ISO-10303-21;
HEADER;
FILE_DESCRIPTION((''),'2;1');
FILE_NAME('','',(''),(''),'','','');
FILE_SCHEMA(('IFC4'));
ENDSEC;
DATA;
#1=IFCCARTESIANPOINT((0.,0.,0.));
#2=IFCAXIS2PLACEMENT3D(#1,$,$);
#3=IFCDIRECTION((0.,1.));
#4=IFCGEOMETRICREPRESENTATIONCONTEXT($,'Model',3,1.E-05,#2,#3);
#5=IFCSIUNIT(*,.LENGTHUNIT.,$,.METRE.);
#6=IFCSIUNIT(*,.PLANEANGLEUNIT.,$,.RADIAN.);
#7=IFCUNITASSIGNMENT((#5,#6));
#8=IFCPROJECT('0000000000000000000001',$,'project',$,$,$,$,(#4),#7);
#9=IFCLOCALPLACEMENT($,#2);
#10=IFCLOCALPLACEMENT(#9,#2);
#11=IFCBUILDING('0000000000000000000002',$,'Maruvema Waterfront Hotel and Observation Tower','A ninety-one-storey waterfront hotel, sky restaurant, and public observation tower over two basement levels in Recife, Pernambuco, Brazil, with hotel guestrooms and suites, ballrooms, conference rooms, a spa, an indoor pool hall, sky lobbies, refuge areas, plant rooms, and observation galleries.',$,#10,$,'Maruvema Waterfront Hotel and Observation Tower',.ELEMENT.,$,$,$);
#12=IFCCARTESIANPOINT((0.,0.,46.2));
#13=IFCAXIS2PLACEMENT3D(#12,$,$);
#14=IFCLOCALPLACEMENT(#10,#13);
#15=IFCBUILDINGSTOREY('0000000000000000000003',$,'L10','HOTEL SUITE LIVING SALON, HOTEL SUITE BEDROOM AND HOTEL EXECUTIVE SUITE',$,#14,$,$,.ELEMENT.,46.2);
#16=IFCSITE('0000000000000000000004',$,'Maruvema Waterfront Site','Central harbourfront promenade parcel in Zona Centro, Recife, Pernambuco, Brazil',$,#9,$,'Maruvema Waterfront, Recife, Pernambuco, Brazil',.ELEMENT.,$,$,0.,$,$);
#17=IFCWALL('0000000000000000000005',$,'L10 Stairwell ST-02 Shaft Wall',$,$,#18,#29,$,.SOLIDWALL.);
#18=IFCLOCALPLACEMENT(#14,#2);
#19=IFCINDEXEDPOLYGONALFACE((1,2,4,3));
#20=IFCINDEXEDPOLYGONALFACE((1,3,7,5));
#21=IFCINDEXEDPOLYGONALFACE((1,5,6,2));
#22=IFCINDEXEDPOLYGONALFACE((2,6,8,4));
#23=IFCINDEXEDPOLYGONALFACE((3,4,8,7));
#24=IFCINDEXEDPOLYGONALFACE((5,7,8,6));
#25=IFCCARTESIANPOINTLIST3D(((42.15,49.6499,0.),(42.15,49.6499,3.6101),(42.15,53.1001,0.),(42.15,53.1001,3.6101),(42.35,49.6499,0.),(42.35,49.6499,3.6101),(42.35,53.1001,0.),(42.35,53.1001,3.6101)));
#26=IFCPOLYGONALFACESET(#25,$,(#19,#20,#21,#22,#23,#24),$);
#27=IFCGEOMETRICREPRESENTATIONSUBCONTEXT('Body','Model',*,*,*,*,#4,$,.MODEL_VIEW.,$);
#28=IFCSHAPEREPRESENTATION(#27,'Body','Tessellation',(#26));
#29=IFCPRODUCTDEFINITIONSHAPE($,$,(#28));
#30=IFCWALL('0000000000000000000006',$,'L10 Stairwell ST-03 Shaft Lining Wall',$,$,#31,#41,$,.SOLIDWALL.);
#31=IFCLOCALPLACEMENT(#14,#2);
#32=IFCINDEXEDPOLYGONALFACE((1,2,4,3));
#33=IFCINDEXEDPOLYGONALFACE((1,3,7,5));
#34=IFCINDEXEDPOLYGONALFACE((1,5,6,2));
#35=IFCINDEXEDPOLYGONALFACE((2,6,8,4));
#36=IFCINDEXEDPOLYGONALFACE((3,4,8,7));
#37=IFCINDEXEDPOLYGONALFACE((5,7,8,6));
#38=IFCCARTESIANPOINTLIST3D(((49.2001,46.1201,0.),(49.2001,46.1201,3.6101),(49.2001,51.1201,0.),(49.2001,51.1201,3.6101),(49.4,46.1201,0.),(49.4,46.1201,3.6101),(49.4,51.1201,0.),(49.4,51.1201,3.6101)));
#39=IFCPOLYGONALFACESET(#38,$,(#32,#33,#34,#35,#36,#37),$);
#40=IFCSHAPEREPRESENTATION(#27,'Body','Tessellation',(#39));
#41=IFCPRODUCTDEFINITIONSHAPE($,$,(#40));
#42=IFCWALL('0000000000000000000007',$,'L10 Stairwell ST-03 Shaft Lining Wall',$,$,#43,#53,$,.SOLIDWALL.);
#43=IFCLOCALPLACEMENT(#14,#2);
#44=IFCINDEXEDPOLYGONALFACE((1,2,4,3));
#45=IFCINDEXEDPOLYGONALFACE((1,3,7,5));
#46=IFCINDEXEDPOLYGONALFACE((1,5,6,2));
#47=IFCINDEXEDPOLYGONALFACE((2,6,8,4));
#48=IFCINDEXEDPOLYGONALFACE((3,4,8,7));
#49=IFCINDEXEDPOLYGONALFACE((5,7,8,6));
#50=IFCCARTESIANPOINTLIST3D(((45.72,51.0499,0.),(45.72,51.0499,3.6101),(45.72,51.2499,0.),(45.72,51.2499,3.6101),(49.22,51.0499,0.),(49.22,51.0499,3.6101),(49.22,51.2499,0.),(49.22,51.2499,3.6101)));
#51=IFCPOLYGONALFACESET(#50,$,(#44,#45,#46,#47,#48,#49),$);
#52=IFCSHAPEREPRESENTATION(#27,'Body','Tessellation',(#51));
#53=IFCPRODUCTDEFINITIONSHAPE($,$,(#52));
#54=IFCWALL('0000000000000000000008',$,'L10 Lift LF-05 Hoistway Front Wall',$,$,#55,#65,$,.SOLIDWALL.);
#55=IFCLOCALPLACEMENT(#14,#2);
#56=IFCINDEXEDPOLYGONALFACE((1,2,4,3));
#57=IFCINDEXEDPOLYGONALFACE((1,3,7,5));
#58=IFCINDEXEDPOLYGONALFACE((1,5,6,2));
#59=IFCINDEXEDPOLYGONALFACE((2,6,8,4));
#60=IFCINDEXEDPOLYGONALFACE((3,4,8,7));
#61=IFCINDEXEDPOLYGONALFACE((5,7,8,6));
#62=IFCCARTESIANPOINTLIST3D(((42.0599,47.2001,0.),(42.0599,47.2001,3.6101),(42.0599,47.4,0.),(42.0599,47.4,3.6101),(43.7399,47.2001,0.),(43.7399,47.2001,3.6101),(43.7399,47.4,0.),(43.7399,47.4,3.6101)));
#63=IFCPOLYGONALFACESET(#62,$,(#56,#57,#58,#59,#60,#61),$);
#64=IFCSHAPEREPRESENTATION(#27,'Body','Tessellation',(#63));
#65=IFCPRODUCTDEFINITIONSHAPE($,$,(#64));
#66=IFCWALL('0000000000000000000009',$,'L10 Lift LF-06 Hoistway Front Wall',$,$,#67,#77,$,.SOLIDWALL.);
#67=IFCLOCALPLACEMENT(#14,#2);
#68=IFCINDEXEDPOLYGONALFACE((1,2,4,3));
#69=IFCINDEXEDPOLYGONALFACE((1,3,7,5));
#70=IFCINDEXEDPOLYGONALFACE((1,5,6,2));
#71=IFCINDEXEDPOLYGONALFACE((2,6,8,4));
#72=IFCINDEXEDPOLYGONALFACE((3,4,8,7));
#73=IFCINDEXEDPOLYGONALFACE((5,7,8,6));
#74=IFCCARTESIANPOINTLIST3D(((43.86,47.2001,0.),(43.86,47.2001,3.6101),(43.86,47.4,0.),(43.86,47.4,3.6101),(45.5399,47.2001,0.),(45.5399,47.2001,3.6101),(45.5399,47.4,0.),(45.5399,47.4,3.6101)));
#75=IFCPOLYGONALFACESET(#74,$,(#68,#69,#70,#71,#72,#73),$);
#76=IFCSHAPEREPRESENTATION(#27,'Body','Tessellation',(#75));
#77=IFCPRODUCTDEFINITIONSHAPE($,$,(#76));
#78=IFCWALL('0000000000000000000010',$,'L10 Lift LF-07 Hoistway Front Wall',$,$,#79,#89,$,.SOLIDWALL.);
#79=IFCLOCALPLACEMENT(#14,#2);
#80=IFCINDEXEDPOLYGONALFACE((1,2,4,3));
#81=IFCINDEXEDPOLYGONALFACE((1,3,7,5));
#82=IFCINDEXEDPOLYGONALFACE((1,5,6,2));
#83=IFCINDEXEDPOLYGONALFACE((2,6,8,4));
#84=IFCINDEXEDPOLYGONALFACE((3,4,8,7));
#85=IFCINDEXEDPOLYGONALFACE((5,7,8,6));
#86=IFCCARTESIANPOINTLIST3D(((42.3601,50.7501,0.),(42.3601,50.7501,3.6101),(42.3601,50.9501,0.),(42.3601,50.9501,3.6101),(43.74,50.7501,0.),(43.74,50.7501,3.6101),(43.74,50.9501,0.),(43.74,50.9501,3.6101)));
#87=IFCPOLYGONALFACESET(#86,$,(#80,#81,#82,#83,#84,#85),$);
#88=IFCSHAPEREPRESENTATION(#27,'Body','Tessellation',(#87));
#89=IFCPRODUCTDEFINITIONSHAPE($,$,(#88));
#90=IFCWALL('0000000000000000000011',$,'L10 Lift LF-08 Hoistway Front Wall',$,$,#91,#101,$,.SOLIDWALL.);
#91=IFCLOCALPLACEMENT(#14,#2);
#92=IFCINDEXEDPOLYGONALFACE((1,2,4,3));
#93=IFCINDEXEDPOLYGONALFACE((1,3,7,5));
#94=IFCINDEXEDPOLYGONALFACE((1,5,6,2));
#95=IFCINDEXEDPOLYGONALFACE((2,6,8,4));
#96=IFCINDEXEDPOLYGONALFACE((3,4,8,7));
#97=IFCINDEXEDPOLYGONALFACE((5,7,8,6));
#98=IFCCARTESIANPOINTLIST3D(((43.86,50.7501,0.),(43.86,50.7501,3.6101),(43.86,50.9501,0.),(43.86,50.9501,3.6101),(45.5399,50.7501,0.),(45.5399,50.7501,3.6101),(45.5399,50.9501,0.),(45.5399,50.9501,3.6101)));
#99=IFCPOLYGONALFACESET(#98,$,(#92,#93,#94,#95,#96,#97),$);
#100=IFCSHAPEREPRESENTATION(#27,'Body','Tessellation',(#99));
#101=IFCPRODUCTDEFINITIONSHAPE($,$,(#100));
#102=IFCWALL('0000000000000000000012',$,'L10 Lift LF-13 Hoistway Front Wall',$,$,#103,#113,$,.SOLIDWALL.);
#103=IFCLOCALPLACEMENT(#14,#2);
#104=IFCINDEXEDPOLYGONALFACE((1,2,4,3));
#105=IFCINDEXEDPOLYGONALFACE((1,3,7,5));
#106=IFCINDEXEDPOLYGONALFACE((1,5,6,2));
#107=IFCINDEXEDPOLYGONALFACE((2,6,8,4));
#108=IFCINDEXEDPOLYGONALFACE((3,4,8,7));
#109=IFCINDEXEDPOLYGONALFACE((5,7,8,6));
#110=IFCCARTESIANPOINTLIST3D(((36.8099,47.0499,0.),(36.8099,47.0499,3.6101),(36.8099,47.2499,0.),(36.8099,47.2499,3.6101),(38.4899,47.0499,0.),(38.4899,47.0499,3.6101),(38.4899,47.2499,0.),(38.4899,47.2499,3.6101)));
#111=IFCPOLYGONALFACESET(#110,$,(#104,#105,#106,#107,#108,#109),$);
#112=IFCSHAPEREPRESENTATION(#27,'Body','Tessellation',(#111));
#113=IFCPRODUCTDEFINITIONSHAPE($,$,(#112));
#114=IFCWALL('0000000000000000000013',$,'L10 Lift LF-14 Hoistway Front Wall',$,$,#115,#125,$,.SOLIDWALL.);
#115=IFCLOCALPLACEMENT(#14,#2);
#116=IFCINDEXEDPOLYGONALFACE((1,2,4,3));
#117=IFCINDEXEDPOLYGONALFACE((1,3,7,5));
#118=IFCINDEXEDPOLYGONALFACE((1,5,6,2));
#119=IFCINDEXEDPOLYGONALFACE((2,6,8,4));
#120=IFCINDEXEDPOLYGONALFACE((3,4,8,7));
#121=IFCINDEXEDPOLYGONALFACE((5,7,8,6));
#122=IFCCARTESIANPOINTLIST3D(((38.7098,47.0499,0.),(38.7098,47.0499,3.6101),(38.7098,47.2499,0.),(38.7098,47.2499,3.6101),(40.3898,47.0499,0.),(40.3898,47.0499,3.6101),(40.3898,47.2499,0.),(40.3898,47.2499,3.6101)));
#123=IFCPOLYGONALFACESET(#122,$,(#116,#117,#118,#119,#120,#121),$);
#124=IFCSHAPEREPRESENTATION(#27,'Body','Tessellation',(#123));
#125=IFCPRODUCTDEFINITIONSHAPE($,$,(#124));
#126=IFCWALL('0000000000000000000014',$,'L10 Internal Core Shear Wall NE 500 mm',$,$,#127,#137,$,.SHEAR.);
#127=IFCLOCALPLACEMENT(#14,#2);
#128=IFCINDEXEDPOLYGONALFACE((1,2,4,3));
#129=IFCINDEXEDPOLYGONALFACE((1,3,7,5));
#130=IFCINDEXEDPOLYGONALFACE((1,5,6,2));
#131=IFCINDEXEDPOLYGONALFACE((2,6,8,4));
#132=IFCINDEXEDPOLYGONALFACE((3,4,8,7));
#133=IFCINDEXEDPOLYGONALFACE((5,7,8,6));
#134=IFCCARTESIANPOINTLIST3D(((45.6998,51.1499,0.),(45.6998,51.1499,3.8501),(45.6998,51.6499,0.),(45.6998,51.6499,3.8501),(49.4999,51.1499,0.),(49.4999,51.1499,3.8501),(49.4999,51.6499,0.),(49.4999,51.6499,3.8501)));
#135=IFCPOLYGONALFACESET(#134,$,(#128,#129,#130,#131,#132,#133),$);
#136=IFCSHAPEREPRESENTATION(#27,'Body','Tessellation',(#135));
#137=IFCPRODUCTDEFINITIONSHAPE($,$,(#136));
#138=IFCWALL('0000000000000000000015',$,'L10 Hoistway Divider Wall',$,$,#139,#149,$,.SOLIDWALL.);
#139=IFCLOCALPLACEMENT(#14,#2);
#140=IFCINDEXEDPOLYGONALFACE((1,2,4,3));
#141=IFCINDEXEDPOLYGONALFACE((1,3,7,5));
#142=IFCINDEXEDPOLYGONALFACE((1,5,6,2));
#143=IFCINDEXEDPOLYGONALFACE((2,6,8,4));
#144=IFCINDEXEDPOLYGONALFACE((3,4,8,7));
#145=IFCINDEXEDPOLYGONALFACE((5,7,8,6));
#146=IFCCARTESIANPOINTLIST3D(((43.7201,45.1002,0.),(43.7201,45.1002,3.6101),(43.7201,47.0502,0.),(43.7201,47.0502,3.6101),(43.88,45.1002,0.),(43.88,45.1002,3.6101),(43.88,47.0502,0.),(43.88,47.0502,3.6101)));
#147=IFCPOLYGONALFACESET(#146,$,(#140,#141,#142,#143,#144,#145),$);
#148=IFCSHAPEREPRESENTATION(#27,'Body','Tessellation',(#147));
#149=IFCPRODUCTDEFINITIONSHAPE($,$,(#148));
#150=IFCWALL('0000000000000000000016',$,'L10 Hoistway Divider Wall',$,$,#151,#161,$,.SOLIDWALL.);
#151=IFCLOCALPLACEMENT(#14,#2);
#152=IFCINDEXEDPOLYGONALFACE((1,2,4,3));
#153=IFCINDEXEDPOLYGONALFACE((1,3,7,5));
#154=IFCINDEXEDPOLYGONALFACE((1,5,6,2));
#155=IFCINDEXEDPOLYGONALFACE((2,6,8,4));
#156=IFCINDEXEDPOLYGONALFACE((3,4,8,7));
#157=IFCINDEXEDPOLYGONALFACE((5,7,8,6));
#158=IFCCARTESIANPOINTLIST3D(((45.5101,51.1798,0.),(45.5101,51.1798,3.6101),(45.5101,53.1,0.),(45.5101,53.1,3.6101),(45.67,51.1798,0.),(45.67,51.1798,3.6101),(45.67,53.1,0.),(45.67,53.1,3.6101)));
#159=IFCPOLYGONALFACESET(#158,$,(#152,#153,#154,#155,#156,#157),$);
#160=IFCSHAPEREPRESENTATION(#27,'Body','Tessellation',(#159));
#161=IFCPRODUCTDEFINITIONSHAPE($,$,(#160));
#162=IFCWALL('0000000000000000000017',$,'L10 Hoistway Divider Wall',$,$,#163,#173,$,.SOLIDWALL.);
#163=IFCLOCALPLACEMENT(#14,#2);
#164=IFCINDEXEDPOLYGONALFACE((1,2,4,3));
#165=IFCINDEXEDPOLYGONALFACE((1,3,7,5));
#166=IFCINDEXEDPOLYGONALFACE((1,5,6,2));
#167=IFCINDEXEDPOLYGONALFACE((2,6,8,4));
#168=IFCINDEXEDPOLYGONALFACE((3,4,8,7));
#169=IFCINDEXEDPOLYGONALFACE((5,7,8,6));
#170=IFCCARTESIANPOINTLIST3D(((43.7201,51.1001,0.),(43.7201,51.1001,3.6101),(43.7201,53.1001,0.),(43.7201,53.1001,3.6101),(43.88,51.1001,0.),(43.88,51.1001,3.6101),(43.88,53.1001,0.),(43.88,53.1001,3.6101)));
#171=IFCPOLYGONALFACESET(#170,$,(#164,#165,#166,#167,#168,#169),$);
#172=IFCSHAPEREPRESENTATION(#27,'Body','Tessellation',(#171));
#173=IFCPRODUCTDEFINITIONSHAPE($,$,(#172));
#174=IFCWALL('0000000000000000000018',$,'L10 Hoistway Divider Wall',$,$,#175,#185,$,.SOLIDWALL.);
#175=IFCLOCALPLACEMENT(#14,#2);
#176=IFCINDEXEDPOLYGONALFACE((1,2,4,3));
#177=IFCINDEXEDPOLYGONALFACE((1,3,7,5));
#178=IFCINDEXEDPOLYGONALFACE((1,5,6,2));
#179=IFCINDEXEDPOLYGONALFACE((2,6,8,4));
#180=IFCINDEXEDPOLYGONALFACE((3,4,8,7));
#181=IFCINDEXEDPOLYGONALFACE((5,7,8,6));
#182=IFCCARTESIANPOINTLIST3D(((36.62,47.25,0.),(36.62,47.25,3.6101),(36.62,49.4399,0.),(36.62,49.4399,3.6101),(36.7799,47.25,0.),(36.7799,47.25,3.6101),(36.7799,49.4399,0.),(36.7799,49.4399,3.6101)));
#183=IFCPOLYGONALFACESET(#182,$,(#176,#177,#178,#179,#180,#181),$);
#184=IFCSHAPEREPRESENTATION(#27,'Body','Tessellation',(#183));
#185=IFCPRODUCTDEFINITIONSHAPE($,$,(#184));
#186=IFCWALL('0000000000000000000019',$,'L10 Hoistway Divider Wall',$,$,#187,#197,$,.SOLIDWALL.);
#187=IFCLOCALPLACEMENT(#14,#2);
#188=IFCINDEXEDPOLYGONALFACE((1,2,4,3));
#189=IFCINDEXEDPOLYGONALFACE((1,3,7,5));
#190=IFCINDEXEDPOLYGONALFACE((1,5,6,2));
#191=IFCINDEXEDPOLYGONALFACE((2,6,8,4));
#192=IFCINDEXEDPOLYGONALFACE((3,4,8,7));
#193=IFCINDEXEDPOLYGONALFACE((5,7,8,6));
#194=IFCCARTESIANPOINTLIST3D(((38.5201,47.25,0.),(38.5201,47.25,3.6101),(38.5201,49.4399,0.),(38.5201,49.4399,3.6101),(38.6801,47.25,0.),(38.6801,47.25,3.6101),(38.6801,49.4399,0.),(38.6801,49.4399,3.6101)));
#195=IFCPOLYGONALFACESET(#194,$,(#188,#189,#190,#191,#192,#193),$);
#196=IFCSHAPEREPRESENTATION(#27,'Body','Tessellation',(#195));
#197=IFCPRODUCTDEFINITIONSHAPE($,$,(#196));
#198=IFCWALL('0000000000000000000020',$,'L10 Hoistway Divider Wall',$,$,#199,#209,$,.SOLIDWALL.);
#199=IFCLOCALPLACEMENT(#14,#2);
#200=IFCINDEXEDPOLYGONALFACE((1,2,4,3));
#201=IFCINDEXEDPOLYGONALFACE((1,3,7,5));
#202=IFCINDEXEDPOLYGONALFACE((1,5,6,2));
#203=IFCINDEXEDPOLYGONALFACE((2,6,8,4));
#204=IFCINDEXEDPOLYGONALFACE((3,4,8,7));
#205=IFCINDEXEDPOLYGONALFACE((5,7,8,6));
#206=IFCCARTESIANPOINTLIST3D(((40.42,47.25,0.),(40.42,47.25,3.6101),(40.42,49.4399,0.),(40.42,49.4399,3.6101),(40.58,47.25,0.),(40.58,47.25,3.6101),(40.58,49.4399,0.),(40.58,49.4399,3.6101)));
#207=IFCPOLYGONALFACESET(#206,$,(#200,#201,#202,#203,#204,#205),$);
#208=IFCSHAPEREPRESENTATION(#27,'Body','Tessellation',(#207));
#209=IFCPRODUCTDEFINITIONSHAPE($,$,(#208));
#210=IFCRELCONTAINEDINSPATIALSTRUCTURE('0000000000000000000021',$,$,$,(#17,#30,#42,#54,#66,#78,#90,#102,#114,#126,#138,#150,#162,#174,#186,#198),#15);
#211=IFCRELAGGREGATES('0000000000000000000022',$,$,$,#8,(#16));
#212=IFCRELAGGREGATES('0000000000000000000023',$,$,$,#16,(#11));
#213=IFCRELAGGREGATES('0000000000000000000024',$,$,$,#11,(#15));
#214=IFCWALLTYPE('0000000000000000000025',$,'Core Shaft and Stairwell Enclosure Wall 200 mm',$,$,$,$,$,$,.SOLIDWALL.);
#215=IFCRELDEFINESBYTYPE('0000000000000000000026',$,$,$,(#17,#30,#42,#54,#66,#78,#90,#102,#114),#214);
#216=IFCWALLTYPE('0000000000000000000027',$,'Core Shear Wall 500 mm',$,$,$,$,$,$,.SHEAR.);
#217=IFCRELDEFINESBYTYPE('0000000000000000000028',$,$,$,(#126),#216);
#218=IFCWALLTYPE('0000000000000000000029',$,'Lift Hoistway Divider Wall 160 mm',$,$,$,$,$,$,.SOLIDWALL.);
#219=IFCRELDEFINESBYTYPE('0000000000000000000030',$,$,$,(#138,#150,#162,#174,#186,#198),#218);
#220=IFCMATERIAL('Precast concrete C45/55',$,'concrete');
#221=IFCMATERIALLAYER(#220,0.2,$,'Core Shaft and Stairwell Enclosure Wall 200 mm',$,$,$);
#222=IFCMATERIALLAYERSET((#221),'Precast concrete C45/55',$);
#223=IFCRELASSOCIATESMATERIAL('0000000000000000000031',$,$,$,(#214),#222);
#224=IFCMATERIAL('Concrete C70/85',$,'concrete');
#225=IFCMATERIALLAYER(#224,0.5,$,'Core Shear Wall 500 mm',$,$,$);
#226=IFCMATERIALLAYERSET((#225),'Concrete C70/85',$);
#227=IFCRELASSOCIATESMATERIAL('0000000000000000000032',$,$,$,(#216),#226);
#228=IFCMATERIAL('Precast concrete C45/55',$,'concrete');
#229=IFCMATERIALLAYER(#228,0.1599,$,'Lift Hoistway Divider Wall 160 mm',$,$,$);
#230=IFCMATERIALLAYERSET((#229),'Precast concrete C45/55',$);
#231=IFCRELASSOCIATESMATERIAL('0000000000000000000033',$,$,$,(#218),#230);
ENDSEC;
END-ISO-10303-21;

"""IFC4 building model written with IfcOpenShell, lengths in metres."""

from ifc_helpers import new_model, si_unit, direction, frame, frame_2d, origin, place, context, subcontext, project, spatial, rectangle, extrude, material, layer, layer_set, type_object, element, save


model = new_model("IFC4")

# Units and contexts
model_context = context("Model", 3, precision=1e-05, world=origin(), true_north=direction((0.0, 1.0)))
body_context = subcontext(model_context, "Body", "Model", "MODEL_VIEW")
ifc_project = project(units=[si_unit("LENGTHUNIT", "METRE"), si_unit("PLANEANGLEUNIT", "RADIAN")], contexts=[model_context])

# Site, building, storey
site_placement = place(None, origin())
site = spatial("IfcSite", under=ifc_project, at=site_placement, Name="Maruvema Waterfront Site", Description="Central harbourfront promenade parcel in Zona Centro, Recife, Pernambuco, Brazil", LongName="Maruvema Waterfront, Recife, Pernambuco, Brazil", CompositionType="ELEMENT", RefElevation=0.0)
building_placement = place(site_placement, origin())
building = spatial("IfcBuilding", under=site, at=building_placement, Name="Maruvema Waterfront Hotel and Observation Tower", Description="A ninety-one-storey waterfront hotel, sky restaurant, and public observation tower over two basement levels in Recife, Pernambuco, Brazil, with hotel guestrooms and suites, ballrooms, conference rooms, a spa, an indoor pool hall, sky lobbies, refuge areas, plant rooms, and observation galleries.", LongName="Maruvema Waterfront Hotel and Observation Tower", CompositionType="ELEMENT")
storey_placement = place(building_placement, frame((0.0, 0.0, 46.2)))
storey = spatial("IfcBuildingStorey", under=building, at=storey_placement, Name="L10", Description="HOTEL SUITE LIVING SALON, HOTEL SUITE BEDROOM AND HOTEL EXECUTIVE SUITE", CompositionType="ELEMENT", Elevation=46.2)

# Walls
ifc_material_1 = material(Name="Precast concrete C45/55", Category="concrete")
ifc_layer_1 = layer(ifc_material_1, 0.2, Name="Core Shaft and Stairwell Enclosure Wall 200 mm")
ifc_layer_set_1 = layer_set([ifc_layer_1], Name="Precast concrete C45/55")
wall_type_1 = type_object("IfcWallType", Name="Core Shaft and Stairwell Enclosure Wall 200 mm", PredefinedType="SOLIDWALL", material=ifc_layer_set_1)
wall_1_placement = place(storey_placement, frame((42.25, 49.6499, 0.0), z_axis=(0.0, 0.0, 1.0), x_axis=(0.0, 1.0, 0.0)))
element("IfcWall", 1, at=wall_1_placement, inside=storey, type_object=wall_type_1, Name="L10 Stairwell ST-02 Shaft Wall", PredefinedType="SOLIDWALL", context=body_context, shape_type="SweptSolid", body=[
    extrude(rectangle(XDim=3.4502, YDim=0.2, at=frame_2d((1.7251, 0.0))), origin(), (0.0, 0.0, 1.0), 3.6101),
])
wall_2_placement = place(storey_placement, frame((49.3, 46.1201, 0.0), z_axis=(0.0, 0.0, 1.0), x_axis=(0.0, 1.0, 0.0)))
element("IfcWall", 2, at=wall_2_placement, inside=storey, type_object=wall_type_1, Name="L10 Stairwell ST-03 Shaft Lining Wall", PredefinedType="SOLIDWALL", context=body_context, shape_type="SweptSolid", body=[
    extrude(rectangle(XDim=5.0, YDim=0.2, at=frame_2d((2.5, 0.0))), origin(), (0.0, 0.0, 1.0), 3.6101),
])
wall_3_placement = place(storey_placement, frame((45.72, 51.1499, 0.0), z_axis=(0.0, 0.0, 1.0), x_axis=(1.0, 0.0, 0.0)))
element("IfcWall", 3, at=wall_3_placement, inside=storey, type_object=wall_type_1, Name="L10 Stairwell ST-03 Shaft Lining Wall", PredefinedType="SOLIDWALL", context=body_context, shape_type="SweptSolid", body=[
    extrude(rectangle(XDim=3.5, YDim=0.2, at=frame_2d((1.75, 0.0))), origin(), (0.0, 0.0, 1.0), 3.6101),
])
for number, where, z_axis, x_axis, name in (
    (4, (42.0601, 47.3, 0.0), (0.0, 0.0, 1.0), (1.0, 0.0, 0.0), "L10 Lift LF-05 Hoistway Front Wall"),
    (5, (43.8601, 47.3, 0.0), (0.0, 0.0, 1.0), (1.0, 0.0, 0.0), "L10 Lift LF-06 Hoistway Front Wall"),
):
    element("IfcWall", number, at=place(storey_placement, frame(where, z_axis=z_axis, x_axis=x_axis)), inside=storey, type_object=wall_type_1, Name=name, PredefinedType="SOLIDWALL", context=body_context, shape_type="SweptSolid", body=[
        extrude(rectangle(XDim=1.6799, YDim=0.2, at=frame_2d((0.8398, 0.0))), origin(), (0.0, 0.0, 1.0), 3.6101),
    ])
wall_4_placement = place(storey_placement, frame((42.3601, 50.8501, 0.0), z_axis=(0.0, 0.0, 1.0), x_axis=(1.0, 0.0, 0.0)))
element("IfcWall", 6, at=wall_4_placement, inside=storey, type_object=wall_type_1, Name="L10 Lift LF-07 Hoistway Front Wall", PredefinedType="SOLIDWALL", context=body_context, shape_type="SweptSolid", body=[
    extrude(rectangle(XDim=1.3799, YDim=0.2, at=frame_2d((0.6899, 0.0))), origin(), (0.0, 0.0, 1.0), 3.6101),
])
for number, where, z_axis, x_axis, name in (
    (7, (43.8601, 50.8501, 0.0), (0.0, 0.0, 1.0), (1.0, 0.0, 0.0), "L10 Lift LF-08 Hoistway Front Wall"),
    (8, (36.8101, 47.1499, 0.0), (0.0, 0.0, 1.0), (1.0, 0.0, 0.0), "L10 Lift LF-13 Hoistway Front Wall"),
    (9, (38.71, 47.1499, 0.0), (0.0, 0.0, 1.0), (1.0, 0.0, 0.0), "L10 Lift LF-14 Hoistway Front Wall"),
):
    element("IfcWall", number, at=place(storey_placement, frame(where, z_axis=z_axis, x_axis=x_axis)), inside=storey, type_object=wall_type_1, Name=name, PredefinedType="SOLIDWALL", context=body_context, shape_type="SweptSolid", body=[
        extrude(rectangle(XDim=1.6799, YDim=0.2, at=frame_2d((0.8398, 0.0))), origin(), (0.0, 0.0, 1.0), 3.6101),
    ])
ifc_material_2 = material(Name="Concrete C70/85", Category="concrete")
ifc_layer_2 = layer(ifc_material_2, 0.5, Name="Core Shear Wall 500 mm")
ifc_layer_set_2 = layer_set([ifc_layer_2], Name="Concrete C70/85")
wall_type_2 = type_object("IfcWallType", Name="Core Shear Wall 500 mm", PredefinedType="SHEAR", material=ifc_layer_set_2)
wall_5_placement = place(storey_placement, frame((45.7, 51.3999, 0.0), z_axis=(0.0, 0.0, 1.0), x_axis=(1.0, 0.0, 0.0)))
element("IfcWall", 10, at=wall_5_placement, inside=storey, type_object=wall_type_2, Name="L10 Internal Core Shear Wall NE 500 mm", PredefinedType="SHEAR", context=body_context, shape_type="SweptSolid", body=[
    extrude(rectangle(XDim=3.8, YDim=0.5, at=frame_2d((1.8999, 0.0))), origin(), (0.0, 0.0, 1.0), 3.8501),
])
ifc_material_3 = material(Name="Precast concrete C45/55", Category="concrete")
ifc_layer_3 = layer(ifc_material_3, 0.1599, Name="Lift Hoistway Divider Wall 160 mm")
ifc_layer_set_3 = layer_set([ifc_layer_3], Name="Precast concrete C45/55")
wall_type_3 = type_object("IfcWallType", Name="Lift Hoistway Divider Wall 160 mm", PredefinedType="SOLIDWALL", material=ifc_layer_set_3)
wall_6_placement = place(storey_placement, frame((43.8, 45.1001, 0.0), z_axis=(0.0, 0.0, 1.0), x_axis=(0.0, 1.0, 0.0)))
element("IfcWall", 11, at=wall_6_placement, inside=storey, type_object=wall_type_3, Name="L10 Hoistway Divider Wall", PredefinedType="SOLIDWALL", context=body_context, shape_type="SweptSolid", body=[
    extrude(rectangle(XDim=1.95, YDim=0.1599, at=frame_2d((0.9751, 0.0))), origin(), (0.0, 0.0, 1.0), 3.6101),
])
wall_7_placement = place(storey_placement, frame((45.5901, 51.1799, 0.0), z_axis=(0.0, 0.0, 1.0), x_axis=(0.0, 1.0, 0.0)))
element("IfcWall", 12, at=wall_7_placement, inside=storey, type_object=wall_type_3, Name="L10 Hoistway Divider Wall", PredefinedType="SOLIDWALL", context=body_context, shape_type="SweptSolid", body=[
    extrude(rectangle(XDim=1.9202, YDim=0.1599, at=frame_2d((0.96, 0.0))), origin(), (0.0, 0.0, 1.0), 3.6101),
])
wall_8_placement = place(storey_placement, frame((43.8, 51.1001, 0.0), z_axis=(0.0, 0.0, 1.0), x_axis=(0.0, 1.0, 0.0)))
element("IfcWall", 13, at=wall_8_placement, inside=storey, type_object=wall_type_3, Name="L10 Hoistway Divider Wall", PredefinedType="SOLIDWALL", context=body_context, shape_type="SweptSolid", body=[
    extrude(rectangle(XDim=2.0, YDim=0.1599, at=frame_2d((1.0, 0.0))), origin(), (0.0, 0.0, 1.0), 3.6101),
])
for number, where, z_axis, x_axis, name in (
    (14, (36.7, 47.25, 0.0), (0.0, 0.0, 1.0), (0.0, 1.0, 0.0), "L10 Hoistway Divider Wall"),
    (15, (38.6001, 47.25, 0.0), (0.0, 0.0, 1.0), (0.0, 1.0, 0.0), "L10 Hoistway Divider Wall"),
    (16, (40.5, 47.25, 0.0), (0.0, 0.0, 1.0), (0.0, 1.0, 0.0), "L10 Hoistway Divider Wall"),
):
    element("IfcWall", number, at=place(storey_placement, frame(where, z_axis=z_axis, x_axis=x_axis)), inside=storey, type_object=wall_type_3, Name=name, PredefinedType="SOLIDWALL", context=body_context, shape_type="SweptSolid", body=[
        extrude(rectangle(XDim=2.1899, YDim=0.1599, at=frame_2d((1.095, 0.0))), origin(), (0.0, 0.0, 1.0), 3.6101),
    ])

save(model, "model.ifc")
